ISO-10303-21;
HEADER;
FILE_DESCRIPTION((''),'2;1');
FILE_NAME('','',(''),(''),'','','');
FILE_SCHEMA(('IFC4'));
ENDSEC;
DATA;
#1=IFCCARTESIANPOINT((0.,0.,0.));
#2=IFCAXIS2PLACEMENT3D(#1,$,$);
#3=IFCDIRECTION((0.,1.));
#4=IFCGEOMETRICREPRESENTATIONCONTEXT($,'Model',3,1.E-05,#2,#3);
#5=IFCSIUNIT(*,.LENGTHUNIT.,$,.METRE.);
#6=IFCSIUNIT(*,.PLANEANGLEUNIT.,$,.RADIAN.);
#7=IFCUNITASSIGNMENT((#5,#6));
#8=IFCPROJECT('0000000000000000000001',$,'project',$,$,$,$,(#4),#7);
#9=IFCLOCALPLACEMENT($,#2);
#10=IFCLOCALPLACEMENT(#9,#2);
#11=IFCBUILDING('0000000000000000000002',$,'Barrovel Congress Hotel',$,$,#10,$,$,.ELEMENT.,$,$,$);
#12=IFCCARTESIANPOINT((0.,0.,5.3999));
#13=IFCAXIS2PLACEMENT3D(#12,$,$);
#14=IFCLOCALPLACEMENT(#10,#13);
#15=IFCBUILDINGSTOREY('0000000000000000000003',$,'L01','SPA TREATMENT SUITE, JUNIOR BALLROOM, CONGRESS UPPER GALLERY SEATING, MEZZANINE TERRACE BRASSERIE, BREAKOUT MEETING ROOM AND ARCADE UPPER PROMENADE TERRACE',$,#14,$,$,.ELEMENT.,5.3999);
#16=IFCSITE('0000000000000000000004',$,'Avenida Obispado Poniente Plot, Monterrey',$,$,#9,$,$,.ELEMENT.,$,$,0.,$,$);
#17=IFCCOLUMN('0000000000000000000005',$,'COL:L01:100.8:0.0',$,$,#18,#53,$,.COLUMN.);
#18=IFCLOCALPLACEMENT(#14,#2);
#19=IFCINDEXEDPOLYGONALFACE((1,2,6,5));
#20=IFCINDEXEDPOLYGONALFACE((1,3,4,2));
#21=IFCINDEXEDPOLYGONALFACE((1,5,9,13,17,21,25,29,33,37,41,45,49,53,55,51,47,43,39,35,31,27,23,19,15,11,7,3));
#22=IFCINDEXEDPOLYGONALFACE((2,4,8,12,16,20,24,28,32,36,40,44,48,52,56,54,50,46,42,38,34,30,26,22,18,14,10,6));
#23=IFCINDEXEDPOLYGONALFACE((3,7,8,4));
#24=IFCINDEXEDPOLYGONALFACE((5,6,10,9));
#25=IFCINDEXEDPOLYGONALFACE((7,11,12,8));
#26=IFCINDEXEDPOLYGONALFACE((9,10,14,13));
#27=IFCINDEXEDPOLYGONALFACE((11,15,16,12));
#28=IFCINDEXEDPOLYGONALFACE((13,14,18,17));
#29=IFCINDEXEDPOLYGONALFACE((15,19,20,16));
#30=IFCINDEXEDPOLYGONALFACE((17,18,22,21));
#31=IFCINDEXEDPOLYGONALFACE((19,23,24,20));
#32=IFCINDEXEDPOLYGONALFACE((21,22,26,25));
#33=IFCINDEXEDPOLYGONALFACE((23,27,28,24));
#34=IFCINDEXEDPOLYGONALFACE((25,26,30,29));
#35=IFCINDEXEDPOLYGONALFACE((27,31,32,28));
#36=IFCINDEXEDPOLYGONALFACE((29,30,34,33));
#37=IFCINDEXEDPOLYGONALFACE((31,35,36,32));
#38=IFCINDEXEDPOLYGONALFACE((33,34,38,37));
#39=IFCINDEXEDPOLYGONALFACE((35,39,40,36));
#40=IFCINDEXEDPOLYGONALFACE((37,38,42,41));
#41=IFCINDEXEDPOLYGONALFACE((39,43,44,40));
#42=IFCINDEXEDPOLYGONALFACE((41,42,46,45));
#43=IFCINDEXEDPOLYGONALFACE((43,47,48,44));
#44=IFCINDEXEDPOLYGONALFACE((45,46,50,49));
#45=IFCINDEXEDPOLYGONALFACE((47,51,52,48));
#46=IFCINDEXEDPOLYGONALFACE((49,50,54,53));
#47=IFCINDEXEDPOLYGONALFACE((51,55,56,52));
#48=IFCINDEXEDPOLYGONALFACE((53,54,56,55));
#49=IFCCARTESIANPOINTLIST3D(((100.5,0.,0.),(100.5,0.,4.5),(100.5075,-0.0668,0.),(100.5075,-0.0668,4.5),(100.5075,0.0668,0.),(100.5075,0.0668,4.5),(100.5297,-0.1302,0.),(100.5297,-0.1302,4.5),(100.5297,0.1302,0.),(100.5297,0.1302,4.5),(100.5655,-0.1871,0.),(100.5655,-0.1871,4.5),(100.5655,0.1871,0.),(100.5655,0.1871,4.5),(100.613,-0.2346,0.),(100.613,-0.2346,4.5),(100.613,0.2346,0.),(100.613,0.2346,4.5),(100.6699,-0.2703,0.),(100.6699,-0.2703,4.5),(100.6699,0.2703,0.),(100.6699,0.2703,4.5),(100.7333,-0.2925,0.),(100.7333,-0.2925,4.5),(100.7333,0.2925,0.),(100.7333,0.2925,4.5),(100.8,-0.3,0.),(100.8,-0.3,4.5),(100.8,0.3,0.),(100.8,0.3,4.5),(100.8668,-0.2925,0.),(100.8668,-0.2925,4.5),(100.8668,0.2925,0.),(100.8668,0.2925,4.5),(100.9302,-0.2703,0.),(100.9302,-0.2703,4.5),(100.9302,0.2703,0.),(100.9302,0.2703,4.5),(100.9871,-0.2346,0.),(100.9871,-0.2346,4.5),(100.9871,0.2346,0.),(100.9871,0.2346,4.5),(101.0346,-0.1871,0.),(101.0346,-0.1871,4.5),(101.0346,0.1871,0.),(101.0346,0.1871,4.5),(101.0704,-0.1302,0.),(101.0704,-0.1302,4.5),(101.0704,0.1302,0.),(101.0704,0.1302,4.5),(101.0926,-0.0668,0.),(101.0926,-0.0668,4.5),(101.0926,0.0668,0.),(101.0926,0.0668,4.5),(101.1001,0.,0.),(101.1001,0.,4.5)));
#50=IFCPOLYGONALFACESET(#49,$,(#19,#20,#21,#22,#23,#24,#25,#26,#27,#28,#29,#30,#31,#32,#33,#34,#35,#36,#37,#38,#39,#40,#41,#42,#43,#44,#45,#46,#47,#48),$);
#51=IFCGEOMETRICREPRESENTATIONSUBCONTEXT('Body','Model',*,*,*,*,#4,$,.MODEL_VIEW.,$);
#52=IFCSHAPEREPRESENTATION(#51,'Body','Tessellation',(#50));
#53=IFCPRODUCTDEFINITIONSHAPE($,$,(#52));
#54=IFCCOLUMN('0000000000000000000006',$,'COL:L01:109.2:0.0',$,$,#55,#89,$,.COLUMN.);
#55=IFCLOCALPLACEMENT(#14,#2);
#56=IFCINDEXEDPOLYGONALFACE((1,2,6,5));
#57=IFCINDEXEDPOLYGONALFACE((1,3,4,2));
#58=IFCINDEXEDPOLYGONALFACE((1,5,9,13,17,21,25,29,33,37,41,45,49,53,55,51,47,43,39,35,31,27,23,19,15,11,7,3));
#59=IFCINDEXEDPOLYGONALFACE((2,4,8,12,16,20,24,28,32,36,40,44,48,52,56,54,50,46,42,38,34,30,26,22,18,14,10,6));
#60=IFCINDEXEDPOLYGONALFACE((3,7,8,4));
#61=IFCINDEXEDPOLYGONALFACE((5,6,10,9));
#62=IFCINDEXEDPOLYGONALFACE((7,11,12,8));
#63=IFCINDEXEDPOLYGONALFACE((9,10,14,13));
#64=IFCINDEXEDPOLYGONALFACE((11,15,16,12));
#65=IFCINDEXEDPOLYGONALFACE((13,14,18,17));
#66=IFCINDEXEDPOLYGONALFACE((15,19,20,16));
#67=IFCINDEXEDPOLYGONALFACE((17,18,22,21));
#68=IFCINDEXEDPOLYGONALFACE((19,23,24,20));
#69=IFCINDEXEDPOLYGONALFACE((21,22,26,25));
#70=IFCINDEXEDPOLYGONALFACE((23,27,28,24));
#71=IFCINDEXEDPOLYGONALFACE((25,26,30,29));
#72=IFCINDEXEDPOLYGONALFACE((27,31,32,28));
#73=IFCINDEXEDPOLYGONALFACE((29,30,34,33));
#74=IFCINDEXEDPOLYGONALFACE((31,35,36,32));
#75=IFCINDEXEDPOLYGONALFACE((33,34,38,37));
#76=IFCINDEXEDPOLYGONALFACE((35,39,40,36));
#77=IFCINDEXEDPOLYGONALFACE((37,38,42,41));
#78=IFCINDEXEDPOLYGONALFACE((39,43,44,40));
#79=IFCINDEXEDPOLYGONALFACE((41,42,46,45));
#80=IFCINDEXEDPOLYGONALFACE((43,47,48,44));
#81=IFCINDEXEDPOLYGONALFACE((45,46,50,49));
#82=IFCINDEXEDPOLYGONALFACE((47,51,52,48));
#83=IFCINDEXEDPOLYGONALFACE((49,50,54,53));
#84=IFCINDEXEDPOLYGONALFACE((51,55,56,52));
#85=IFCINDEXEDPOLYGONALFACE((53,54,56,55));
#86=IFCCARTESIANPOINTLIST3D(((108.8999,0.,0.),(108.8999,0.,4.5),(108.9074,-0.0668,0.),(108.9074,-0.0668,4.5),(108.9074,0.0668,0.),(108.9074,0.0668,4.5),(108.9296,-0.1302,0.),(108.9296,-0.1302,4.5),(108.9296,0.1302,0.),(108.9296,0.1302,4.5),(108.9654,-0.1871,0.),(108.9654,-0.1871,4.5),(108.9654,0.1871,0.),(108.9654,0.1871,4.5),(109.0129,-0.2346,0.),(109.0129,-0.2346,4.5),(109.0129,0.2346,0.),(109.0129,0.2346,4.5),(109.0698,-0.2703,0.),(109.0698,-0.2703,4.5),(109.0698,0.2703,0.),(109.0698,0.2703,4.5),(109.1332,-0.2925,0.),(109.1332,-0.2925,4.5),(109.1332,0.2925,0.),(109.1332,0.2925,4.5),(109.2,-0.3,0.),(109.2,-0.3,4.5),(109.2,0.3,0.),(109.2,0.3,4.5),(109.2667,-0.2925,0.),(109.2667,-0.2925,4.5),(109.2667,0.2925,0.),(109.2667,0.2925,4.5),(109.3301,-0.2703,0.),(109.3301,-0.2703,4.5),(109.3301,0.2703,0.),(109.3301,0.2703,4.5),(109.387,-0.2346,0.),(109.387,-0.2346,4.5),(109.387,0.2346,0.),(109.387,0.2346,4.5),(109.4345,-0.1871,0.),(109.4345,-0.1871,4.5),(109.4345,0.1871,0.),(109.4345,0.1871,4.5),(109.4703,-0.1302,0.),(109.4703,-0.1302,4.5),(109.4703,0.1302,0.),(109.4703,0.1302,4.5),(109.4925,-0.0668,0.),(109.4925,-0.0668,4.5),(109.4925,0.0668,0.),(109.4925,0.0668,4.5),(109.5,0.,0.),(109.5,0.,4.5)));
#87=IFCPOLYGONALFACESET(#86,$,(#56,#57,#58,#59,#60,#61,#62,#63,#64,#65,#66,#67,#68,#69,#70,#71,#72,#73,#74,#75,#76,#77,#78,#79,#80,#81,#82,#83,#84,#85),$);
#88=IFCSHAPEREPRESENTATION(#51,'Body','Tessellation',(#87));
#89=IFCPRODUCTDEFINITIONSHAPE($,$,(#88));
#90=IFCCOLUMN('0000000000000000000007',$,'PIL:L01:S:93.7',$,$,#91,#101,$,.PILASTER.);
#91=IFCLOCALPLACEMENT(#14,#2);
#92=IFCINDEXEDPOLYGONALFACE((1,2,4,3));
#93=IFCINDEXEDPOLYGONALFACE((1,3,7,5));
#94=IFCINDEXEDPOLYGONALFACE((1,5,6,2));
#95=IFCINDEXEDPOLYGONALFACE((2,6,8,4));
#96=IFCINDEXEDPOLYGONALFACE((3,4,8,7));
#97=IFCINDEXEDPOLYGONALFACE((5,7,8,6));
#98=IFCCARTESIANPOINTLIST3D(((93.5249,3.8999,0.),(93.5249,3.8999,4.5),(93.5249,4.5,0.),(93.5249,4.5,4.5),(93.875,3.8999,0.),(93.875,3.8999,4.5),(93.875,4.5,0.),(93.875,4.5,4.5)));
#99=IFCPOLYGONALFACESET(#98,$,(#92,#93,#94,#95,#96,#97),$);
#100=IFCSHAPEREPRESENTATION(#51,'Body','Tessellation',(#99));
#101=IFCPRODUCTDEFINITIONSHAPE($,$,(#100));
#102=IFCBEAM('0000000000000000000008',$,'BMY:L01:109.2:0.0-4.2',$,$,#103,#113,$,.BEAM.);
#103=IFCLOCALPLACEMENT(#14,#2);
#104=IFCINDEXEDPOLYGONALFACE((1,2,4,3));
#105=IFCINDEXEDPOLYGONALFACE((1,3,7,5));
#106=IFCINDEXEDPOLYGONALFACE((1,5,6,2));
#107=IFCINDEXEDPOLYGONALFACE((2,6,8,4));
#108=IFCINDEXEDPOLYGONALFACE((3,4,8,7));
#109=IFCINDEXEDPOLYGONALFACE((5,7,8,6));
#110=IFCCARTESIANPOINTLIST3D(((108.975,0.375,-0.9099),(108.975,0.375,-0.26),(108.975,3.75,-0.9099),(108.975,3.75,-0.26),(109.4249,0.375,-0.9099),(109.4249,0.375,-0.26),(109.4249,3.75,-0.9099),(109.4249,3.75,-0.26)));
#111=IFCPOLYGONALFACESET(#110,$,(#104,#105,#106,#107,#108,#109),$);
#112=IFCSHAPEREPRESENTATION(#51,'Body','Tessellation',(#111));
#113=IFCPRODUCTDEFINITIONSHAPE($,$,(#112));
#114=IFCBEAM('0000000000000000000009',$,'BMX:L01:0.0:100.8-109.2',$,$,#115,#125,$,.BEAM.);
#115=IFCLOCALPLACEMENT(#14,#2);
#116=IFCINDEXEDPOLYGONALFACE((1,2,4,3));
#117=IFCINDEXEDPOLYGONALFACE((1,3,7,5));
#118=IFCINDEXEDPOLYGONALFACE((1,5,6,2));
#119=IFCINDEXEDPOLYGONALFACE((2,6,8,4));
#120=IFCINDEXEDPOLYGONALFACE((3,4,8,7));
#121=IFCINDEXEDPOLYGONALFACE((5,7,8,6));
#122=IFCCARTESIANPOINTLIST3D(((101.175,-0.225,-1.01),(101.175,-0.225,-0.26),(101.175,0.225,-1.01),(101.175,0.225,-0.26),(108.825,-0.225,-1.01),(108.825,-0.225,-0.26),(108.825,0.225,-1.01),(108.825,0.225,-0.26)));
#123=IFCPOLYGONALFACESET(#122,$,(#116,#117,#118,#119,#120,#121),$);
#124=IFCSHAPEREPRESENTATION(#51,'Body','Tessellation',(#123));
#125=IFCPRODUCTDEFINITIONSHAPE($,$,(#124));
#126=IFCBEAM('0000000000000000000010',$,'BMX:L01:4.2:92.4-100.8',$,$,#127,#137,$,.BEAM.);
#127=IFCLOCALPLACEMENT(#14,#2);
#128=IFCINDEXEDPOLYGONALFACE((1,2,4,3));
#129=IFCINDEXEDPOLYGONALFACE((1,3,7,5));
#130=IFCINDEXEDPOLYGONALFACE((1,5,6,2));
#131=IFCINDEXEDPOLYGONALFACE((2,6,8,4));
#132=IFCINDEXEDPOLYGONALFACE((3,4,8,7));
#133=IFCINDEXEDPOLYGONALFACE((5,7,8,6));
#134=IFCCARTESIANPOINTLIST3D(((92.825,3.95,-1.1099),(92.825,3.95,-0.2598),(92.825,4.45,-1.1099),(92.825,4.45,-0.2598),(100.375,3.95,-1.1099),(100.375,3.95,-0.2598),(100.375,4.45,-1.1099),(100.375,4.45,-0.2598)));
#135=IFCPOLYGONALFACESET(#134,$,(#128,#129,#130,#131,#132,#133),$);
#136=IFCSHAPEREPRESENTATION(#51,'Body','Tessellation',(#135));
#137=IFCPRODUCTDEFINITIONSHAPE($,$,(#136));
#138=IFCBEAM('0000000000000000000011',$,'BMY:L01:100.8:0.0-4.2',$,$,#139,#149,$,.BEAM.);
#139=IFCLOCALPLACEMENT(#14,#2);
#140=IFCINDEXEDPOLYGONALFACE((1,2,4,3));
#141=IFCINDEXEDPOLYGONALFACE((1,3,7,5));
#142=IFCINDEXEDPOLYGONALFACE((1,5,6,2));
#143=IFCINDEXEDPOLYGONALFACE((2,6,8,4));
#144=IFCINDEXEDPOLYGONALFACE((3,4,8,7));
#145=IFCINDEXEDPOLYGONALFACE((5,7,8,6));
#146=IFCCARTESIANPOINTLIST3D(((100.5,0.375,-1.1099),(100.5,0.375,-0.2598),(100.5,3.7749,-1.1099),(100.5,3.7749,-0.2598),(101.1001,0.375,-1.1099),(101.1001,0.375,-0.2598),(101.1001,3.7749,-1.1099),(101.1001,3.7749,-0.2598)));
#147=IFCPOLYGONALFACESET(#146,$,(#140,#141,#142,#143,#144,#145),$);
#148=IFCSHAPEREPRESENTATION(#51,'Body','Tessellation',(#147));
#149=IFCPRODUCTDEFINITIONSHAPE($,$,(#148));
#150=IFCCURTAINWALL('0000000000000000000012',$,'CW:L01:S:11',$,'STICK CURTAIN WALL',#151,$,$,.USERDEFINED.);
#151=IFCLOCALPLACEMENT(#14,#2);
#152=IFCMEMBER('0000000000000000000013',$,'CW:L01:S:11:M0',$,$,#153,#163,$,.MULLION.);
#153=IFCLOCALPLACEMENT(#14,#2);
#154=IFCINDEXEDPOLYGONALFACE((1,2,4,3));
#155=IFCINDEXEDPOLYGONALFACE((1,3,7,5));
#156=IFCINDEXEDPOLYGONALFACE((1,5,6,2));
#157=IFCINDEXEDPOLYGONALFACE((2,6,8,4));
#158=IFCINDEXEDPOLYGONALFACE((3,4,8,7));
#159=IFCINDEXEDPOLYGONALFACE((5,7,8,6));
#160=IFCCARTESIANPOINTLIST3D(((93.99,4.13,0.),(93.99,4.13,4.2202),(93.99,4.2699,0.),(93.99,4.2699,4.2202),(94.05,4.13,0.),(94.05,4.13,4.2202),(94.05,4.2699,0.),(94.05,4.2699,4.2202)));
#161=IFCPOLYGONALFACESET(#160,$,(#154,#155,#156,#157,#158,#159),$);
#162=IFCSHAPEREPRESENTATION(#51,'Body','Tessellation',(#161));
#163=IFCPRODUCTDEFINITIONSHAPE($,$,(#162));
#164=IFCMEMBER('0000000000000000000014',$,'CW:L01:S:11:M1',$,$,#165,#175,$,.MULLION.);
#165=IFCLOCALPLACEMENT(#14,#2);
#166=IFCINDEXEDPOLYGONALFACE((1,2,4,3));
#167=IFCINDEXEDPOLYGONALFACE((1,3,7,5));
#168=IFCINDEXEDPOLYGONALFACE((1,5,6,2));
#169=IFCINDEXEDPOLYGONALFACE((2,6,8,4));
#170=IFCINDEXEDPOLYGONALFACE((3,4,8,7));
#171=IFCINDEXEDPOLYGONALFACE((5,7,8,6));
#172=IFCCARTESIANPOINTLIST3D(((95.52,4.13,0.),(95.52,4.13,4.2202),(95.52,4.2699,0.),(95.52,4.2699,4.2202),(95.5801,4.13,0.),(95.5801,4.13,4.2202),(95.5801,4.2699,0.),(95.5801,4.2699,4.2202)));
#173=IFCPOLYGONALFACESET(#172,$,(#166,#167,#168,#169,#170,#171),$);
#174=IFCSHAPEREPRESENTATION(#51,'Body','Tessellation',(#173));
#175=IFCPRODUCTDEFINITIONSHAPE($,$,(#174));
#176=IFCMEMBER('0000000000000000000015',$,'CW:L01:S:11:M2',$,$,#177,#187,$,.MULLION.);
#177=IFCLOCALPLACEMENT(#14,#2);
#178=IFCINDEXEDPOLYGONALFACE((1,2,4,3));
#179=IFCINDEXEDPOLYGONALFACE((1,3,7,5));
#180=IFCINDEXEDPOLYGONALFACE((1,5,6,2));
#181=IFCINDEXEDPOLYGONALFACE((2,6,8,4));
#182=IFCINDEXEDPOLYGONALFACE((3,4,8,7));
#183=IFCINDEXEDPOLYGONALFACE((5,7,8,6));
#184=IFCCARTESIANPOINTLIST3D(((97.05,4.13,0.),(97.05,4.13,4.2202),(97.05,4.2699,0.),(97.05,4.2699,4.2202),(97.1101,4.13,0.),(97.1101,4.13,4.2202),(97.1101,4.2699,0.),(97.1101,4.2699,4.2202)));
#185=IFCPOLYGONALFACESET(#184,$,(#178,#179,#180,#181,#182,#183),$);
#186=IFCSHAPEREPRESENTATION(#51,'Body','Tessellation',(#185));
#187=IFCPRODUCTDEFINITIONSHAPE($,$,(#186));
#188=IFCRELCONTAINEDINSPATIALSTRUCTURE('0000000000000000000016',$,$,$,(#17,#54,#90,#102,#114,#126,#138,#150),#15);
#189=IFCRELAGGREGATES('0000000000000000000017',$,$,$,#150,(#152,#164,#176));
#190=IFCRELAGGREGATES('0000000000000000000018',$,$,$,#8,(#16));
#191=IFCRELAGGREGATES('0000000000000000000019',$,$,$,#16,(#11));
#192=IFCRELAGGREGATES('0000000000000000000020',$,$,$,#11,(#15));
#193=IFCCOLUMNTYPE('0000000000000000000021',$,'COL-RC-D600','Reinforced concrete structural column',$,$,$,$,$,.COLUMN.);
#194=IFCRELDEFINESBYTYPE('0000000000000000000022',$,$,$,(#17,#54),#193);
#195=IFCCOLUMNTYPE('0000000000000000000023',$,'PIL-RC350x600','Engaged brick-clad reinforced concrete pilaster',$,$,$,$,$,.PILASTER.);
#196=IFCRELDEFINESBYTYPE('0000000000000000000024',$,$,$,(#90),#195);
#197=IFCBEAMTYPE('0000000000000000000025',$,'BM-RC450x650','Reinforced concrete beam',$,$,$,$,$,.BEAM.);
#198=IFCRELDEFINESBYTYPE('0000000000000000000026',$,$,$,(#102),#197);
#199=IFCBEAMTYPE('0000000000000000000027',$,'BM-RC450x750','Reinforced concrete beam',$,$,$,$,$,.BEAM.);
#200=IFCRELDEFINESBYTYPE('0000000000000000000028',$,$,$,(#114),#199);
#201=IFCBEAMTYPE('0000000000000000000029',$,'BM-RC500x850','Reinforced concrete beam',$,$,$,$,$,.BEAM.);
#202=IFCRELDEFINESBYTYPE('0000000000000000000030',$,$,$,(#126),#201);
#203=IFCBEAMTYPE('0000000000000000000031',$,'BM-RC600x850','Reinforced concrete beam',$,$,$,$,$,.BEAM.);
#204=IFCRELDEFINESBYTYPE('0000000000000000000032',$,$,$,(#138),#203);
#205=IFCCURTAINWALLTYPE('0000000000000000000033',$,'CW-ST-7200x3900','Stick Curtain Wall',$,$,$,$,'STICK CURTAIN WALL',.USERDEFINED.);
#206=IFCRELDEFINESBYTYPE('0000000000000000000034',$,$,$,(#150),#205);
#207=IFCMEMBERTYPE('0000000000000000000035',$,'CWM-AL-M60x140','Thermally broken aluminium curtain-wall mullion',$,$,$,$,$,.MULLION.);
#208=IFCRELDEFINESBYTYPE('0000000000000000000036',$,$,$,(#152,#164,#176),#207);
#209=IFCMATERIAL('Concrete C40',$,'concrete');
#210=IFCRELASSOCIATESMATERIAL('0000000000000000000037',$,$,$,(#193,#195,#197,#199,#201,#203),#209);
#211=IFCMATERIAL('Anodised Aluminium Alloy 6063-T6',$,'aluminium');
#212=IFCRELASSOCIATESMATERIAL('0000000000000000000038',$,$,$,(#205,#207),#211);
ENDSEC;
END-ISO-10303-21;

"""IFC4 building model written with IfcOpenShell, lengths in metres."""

from ifc_helpers import new_model, si_unit, direction, frame, origin, origin_2d, place, context, subcontext, project, spatial, rectangle, circle, extrude, material, material_profile, profile_set, type_object, element, aggregate, save


model = new_model("IFC4")

# Units and contexts
model_context = context("Model", 3, precision=1e-05, world=origin(), true_north=direction((0.0, 1.0)))
body_context = subcontext(model_context, "Body", "Model", "MODEL_VIEW")
ifc_project = project(units=[si_unit("LENGTHUNIT", "METRE"), si_unit("PLANEANGLEUNIT", "RADIAN")], contexts=[model_context])

# Site, building, storey
site_placement = place(None, origin())
site = spatial("IfcSite", under=ifc_project, at=site_placement, Name="Avenida Obispado Poniente Plot, Monterrey", CompositionType="ELEMENT", RefElevation=0.0)
building_placement = place(site_placement, origin())
building = spatial("IfcBuilding", under=site, at=building_placement, Name="Barrovel Congress Hotel", CompositionType="ELEMENT")
storey_placement = place(building_placement, frame((0.0, 0.0, 5.3999)))
storey = spatial("IfcBuildingStorey", under=building, at=storey_placement, Name="L01", Description="SPA TREATMENT SUITE, JUNIOR BALLROOM, CONGRESS UPPER GALLERY SEATING, MEZZANINE TERRACE BRASSERIE, BREAKOUT MEETING ROOM AND ARCADE UPPER PROMENADE TERRACE", CompositionType="ELEMENT", Elevation=5.3999)

# Columns
ifc_material_1 = material(Name="Concrete C40", Category="concrete")
ifc_material_profile_1 = material_profile(ifc_material_1, circle(Radius=0.3, at=origin_2d()), Name="RC-D600")
ifc_profile_set_1 = profile_set([ifc_material_profile_1], Name="Concrete C40")
column_type_1 = type_object("IfcColumnType", Name="COL-RC-D600", Description="Reinforced concrete structural column", PredefinedType="COLUMN", material=ifc_profile_set_1)
for number, where, z_axis, x_axis, name in (
    (1, (100.8, 0.0, 0.0), (0.0, 0.0, 1.0), (1.0, 0.0, 0.0), "COL:L01:100.8:0.0"),
    (2, (109.2, 0.0, 0.0), (0.0, 0.0, 1.0), (1.0, 0.0, 0.0), "COL:L01:109.2:0.0"),
):
    element("IfcColumn", number, at=place(storey_placement, frame(where, z_axis=z_axis, x_axis=x_axis)), inside=storey, type_object=column_type_1, Name=name, PredefinedType="COLUMN", context=body_context, shape_type="SweptSolid", body=[
        extrude(circle(Radius=0.3, at=origin_2d()), origin(), (0.0, 0.0, 1.0), 4.5),
    ])
ifc_material_profile_2 = material_profile(ifc_material_1, rectangle(XDim=0.3501, YDim=0.6001, at=origin_2d()), Name="RC350x600")
ifc_profile_set_2 = profile_set([ifc_material_profile_2], Name="Concrete C40")
column_type_2 = type_object("IfcColumnType", Name="PIL-RC350x600", Description="Engaged brick-clad reinforced concrete pilaster", PredefinedType="PILASTER", material=ifc_profile_set_2)
column_placement = place(storey_placement, frame((93.7, 4.2, 0.0), z_axis=(0.0, 0.0, 1.0), x_axis=(1.0, 0.0, 0.0)))
element("IfcColumn", 3, at=column_placement, inside=storey, type_object=column_type_2, Name="PIL:L01:S:93.7", PredefinedType="PILASTER", context=body_context, shape_type="SweptSolid", body=[
    extrude(rectangle(XDim=0.3501, YDim=0.6001, at=origin_2d()), origin(), (0.0, 0.0, 1.0), 4.5),
])

# Beams
ifc_material_profile_3 = material_profile(ifc_material_1, rectangle(XDim=0.45, YDim=0.6499, at=origin_2d()), Name="RC450x650")
ifc_profile_set_3 = profile_set([ifc_material_profile_3], Name="Concrete C40")
beam_type_1 = type_object("IfcBeamType", Name="BM-RC450x650", Description="Reinforced concrete beam", PredefinedType="BEAM", material=ifc_profile_set_3)
beam_1_placement = place(storey_placement, frame((109.2, 0.375, -0.585), z_axis=(0.0, 1.0, 0.0), x_axis=(-1.0, 0.0, 0.0)))
element("IfcBeam", 4, at=beam_1_placement, inside=storey, type_object=beam_type_1, Name="BMY:L01:109.2:0.0-4.2", PredefinedType="BEAM", context=body_context, shape_type="SweptSolid", body=[
    extrude(rectangle(XDim=0.45, YDim=0.6499, at=origin_2d()), origin(), (0.0, 0.0, 1.0), 3.375),
])
ifc_material_profile_4 = material_profile(ifc_material_1, rectangle(XDim=0.45, YDim=0.75, at=origin_2d()), Name="RC450x750")
ifc_profile_set_4 = profile_set([ifc_material_profile_4], Name="Concrete C40")
beam_type_2 = type_object("IfcBeamType", Name="BM-RC450x750", Description="Reinforced concrete beam", PredefinedType="BEAM", material=ifc_profile_set_4)
beam_2_placement = place(storey_placement, frame((101.175, 0.0, -0.635), z_axis=(1.0, 0.0, 0.0), x_axis=(0.0, 1.0, 0.0)))
element("IfcBeam", 5, at=beam_2_placement, inside=storey, type_object=beam_type_2, Name="BMX:L01:0.0:100.8-109.2", PredefinedType="BEAM", context=body_context, shape_type="SweptSolid", body=[
    extrude(rectangle(XDim=0.45, YDim=0.75, at=origin_2d()), origin(), (0.0, 0.0, 1.0), 7.6499),
])
ifc_material_profile_5 = material_profile(ifc_material_1, rectangle(XDim=0.5, YDim=0.8501, at=origin_2d()), Name="RC500x850")
ifc_profile_set_5 = profile_set([ifc_material_profile_5], Name="Concrete C40")
beam_type_3 = type_object("IfcBeamType", Name="BM-RC500x850", Description="Reinforced concrete beam", PredefinedType="BEAM", material=ifc_profile_set_5)
beam_3_placement = place(storey_placement, frame((92.825, 4.2, -0.6848), z_axis=(1.0, 0.0, 0.0), x_axis=(0.0, 1.0, 0.0)))
element("IfcBeam", 6, at=beam_3_placement, inside=storey, type_object=beam_type_3, Name="BMX:L01:4.2:92.4-100.8", PredefinedType="BEAM", context=body_context, shape_type="SweptSolid", body=[
    extrude(rectangle(XDim=0.5, YDim=0.8501, at=origin_2d()), origin(), (0.0, 0.0, 1.0), 7.55),
])
ifc_material_profile_6 = material_profile(ifc_material_1, rectangle(XDim=0.6001, YDim=0.8501, at=origin_2d()), Name="RC600x850")
ifc_profile_set_6 = profile_set([ifc_material_profile_6], Name="Concrete C40")
beam_type_4 = type_object("IfcBeamType", Name="BM-RC600x850", Description="Reinforced concrete beam", PredefinedType="BEAM", material=ifc_profile_set_6)
beam_4_placement = place(storey_placement, frame((100.8, 0.375, -0.6848), z_axis=(0.0, 1.0, 0.0), x_axis=(-1.0, 0.0, 0.0)))
element("IfcBeam", 7, at=beam_4_placement, inside=storey, type_object=beam_type_4, Name="BMY:L01:100.8:0.0-4.2", PredefinedType="BEAM", context=body_context, shape_type="SweptSolid", body=[
    extrude(rectangle(XDim=0.6001, YDim=0.8501, at=origin_2d()), origin(), (0.0, 0.0, 1.0), 3.3999),
])

# Curtain wall, members
ifc_material_2 = material(Name="Anodised Aluminium Alloy 6063-T6", Category="aluminium")
curtain_wall_type = type_object("IfcCurtainWallType", Name="CW-ST-7200x3900", Description="Stick Curtain Wall", ElementType="STICK CURTAIN WALL", PredefinedType="USERDEFINED", material=ifc_material_2)
curtain_wall_placement = place(storey_placement, origin())
curtain_wall = element("IfcCurtainWall", 8, at=curtain_wall_placement, inside=storey, type_object=curtain_wall_type, Name="CW:L01:S:11", ObjectType="STICK CURTAIN WALL", PredefinedType="USERDEFINED")
ifc_material_profile_7 = material_profile(ifc_material_2, rectangle(XDim=0.0601, YDim=0.1399, at=origin_2d()), Name="AL-M60x140")
ifc_profile_set_7 = profile_set([ifc_material_profile_7], Name="Anodised Aluminium Alloy 6063-T6")
member_type_1 = type_object("IfcMemberType", Name="CWM-AL-M60x140", Description="Thermally broken aluminium curtain-wall mullion", PredefinedType="MULLION", material=ifc_profile_set_7)
member_1_placement = place(storey_placement, frame((94.02, 4.2, 0.0), z_axis=(0.0, 0.0, 1.0), x_axis=(1.0, 0.0, 0.0)))
member_1 = element("IfcMember", 9, at=member_1_placement, type_object=member_type_1, Name="CW:L01:S:11:M0", PredefinedType="MULLION", context=body_context, shape_type="SweptSolid", body=[
    extrude(rectangle(XDim=0.0601, YDim=0.1399, at=origin_2d()), origin(), (0.0, 0.0, 1.0), 4.2202),
])
member_2_placement = place(storey_placement, frame((95.55, 4.2, 0.0), z_axis=(0.0, 0.0, 1.0), x_axis=(1.0, 0.0, 0.0)))
member_2 = element("IfcMember", 10, at=member_2_placement, type_object=member_type_1, Name="CW:L01:S:11:M1", PredefinedType="MULLION", context=body_context, shape_type="SweptSolid", body=[
    extrude(rectangle(XDim=0.0601, YDim=0.1399, at=origin_2d()), origin(), (0.0, 0.0, 1.0), 4.2202),
])
member_3_placement = place(storey_placement, frame((97.0801, 4.2, 0.0), z_axis=(0.0, 0.0, 1.0), x_axis=(1.0, 0.0, 0.0)))
member_3 = element("IfcMember", 11, at=member_3_placement, type_object=member_type_1, Name="CW:L01:S:11:M2", PredefinedType="MULLION", context=body_context, shape_type="SweptSolid", body=[
    extrude(rectangle(XDim=0.0601, YDim=0.1399, at=origin_2d()), origin(), (0.0, 0.0, 1.0), 4.2202),
])

aggregate(curtain_wall, [member_1, member_2, member_3])

save(model, "model.ifc")
